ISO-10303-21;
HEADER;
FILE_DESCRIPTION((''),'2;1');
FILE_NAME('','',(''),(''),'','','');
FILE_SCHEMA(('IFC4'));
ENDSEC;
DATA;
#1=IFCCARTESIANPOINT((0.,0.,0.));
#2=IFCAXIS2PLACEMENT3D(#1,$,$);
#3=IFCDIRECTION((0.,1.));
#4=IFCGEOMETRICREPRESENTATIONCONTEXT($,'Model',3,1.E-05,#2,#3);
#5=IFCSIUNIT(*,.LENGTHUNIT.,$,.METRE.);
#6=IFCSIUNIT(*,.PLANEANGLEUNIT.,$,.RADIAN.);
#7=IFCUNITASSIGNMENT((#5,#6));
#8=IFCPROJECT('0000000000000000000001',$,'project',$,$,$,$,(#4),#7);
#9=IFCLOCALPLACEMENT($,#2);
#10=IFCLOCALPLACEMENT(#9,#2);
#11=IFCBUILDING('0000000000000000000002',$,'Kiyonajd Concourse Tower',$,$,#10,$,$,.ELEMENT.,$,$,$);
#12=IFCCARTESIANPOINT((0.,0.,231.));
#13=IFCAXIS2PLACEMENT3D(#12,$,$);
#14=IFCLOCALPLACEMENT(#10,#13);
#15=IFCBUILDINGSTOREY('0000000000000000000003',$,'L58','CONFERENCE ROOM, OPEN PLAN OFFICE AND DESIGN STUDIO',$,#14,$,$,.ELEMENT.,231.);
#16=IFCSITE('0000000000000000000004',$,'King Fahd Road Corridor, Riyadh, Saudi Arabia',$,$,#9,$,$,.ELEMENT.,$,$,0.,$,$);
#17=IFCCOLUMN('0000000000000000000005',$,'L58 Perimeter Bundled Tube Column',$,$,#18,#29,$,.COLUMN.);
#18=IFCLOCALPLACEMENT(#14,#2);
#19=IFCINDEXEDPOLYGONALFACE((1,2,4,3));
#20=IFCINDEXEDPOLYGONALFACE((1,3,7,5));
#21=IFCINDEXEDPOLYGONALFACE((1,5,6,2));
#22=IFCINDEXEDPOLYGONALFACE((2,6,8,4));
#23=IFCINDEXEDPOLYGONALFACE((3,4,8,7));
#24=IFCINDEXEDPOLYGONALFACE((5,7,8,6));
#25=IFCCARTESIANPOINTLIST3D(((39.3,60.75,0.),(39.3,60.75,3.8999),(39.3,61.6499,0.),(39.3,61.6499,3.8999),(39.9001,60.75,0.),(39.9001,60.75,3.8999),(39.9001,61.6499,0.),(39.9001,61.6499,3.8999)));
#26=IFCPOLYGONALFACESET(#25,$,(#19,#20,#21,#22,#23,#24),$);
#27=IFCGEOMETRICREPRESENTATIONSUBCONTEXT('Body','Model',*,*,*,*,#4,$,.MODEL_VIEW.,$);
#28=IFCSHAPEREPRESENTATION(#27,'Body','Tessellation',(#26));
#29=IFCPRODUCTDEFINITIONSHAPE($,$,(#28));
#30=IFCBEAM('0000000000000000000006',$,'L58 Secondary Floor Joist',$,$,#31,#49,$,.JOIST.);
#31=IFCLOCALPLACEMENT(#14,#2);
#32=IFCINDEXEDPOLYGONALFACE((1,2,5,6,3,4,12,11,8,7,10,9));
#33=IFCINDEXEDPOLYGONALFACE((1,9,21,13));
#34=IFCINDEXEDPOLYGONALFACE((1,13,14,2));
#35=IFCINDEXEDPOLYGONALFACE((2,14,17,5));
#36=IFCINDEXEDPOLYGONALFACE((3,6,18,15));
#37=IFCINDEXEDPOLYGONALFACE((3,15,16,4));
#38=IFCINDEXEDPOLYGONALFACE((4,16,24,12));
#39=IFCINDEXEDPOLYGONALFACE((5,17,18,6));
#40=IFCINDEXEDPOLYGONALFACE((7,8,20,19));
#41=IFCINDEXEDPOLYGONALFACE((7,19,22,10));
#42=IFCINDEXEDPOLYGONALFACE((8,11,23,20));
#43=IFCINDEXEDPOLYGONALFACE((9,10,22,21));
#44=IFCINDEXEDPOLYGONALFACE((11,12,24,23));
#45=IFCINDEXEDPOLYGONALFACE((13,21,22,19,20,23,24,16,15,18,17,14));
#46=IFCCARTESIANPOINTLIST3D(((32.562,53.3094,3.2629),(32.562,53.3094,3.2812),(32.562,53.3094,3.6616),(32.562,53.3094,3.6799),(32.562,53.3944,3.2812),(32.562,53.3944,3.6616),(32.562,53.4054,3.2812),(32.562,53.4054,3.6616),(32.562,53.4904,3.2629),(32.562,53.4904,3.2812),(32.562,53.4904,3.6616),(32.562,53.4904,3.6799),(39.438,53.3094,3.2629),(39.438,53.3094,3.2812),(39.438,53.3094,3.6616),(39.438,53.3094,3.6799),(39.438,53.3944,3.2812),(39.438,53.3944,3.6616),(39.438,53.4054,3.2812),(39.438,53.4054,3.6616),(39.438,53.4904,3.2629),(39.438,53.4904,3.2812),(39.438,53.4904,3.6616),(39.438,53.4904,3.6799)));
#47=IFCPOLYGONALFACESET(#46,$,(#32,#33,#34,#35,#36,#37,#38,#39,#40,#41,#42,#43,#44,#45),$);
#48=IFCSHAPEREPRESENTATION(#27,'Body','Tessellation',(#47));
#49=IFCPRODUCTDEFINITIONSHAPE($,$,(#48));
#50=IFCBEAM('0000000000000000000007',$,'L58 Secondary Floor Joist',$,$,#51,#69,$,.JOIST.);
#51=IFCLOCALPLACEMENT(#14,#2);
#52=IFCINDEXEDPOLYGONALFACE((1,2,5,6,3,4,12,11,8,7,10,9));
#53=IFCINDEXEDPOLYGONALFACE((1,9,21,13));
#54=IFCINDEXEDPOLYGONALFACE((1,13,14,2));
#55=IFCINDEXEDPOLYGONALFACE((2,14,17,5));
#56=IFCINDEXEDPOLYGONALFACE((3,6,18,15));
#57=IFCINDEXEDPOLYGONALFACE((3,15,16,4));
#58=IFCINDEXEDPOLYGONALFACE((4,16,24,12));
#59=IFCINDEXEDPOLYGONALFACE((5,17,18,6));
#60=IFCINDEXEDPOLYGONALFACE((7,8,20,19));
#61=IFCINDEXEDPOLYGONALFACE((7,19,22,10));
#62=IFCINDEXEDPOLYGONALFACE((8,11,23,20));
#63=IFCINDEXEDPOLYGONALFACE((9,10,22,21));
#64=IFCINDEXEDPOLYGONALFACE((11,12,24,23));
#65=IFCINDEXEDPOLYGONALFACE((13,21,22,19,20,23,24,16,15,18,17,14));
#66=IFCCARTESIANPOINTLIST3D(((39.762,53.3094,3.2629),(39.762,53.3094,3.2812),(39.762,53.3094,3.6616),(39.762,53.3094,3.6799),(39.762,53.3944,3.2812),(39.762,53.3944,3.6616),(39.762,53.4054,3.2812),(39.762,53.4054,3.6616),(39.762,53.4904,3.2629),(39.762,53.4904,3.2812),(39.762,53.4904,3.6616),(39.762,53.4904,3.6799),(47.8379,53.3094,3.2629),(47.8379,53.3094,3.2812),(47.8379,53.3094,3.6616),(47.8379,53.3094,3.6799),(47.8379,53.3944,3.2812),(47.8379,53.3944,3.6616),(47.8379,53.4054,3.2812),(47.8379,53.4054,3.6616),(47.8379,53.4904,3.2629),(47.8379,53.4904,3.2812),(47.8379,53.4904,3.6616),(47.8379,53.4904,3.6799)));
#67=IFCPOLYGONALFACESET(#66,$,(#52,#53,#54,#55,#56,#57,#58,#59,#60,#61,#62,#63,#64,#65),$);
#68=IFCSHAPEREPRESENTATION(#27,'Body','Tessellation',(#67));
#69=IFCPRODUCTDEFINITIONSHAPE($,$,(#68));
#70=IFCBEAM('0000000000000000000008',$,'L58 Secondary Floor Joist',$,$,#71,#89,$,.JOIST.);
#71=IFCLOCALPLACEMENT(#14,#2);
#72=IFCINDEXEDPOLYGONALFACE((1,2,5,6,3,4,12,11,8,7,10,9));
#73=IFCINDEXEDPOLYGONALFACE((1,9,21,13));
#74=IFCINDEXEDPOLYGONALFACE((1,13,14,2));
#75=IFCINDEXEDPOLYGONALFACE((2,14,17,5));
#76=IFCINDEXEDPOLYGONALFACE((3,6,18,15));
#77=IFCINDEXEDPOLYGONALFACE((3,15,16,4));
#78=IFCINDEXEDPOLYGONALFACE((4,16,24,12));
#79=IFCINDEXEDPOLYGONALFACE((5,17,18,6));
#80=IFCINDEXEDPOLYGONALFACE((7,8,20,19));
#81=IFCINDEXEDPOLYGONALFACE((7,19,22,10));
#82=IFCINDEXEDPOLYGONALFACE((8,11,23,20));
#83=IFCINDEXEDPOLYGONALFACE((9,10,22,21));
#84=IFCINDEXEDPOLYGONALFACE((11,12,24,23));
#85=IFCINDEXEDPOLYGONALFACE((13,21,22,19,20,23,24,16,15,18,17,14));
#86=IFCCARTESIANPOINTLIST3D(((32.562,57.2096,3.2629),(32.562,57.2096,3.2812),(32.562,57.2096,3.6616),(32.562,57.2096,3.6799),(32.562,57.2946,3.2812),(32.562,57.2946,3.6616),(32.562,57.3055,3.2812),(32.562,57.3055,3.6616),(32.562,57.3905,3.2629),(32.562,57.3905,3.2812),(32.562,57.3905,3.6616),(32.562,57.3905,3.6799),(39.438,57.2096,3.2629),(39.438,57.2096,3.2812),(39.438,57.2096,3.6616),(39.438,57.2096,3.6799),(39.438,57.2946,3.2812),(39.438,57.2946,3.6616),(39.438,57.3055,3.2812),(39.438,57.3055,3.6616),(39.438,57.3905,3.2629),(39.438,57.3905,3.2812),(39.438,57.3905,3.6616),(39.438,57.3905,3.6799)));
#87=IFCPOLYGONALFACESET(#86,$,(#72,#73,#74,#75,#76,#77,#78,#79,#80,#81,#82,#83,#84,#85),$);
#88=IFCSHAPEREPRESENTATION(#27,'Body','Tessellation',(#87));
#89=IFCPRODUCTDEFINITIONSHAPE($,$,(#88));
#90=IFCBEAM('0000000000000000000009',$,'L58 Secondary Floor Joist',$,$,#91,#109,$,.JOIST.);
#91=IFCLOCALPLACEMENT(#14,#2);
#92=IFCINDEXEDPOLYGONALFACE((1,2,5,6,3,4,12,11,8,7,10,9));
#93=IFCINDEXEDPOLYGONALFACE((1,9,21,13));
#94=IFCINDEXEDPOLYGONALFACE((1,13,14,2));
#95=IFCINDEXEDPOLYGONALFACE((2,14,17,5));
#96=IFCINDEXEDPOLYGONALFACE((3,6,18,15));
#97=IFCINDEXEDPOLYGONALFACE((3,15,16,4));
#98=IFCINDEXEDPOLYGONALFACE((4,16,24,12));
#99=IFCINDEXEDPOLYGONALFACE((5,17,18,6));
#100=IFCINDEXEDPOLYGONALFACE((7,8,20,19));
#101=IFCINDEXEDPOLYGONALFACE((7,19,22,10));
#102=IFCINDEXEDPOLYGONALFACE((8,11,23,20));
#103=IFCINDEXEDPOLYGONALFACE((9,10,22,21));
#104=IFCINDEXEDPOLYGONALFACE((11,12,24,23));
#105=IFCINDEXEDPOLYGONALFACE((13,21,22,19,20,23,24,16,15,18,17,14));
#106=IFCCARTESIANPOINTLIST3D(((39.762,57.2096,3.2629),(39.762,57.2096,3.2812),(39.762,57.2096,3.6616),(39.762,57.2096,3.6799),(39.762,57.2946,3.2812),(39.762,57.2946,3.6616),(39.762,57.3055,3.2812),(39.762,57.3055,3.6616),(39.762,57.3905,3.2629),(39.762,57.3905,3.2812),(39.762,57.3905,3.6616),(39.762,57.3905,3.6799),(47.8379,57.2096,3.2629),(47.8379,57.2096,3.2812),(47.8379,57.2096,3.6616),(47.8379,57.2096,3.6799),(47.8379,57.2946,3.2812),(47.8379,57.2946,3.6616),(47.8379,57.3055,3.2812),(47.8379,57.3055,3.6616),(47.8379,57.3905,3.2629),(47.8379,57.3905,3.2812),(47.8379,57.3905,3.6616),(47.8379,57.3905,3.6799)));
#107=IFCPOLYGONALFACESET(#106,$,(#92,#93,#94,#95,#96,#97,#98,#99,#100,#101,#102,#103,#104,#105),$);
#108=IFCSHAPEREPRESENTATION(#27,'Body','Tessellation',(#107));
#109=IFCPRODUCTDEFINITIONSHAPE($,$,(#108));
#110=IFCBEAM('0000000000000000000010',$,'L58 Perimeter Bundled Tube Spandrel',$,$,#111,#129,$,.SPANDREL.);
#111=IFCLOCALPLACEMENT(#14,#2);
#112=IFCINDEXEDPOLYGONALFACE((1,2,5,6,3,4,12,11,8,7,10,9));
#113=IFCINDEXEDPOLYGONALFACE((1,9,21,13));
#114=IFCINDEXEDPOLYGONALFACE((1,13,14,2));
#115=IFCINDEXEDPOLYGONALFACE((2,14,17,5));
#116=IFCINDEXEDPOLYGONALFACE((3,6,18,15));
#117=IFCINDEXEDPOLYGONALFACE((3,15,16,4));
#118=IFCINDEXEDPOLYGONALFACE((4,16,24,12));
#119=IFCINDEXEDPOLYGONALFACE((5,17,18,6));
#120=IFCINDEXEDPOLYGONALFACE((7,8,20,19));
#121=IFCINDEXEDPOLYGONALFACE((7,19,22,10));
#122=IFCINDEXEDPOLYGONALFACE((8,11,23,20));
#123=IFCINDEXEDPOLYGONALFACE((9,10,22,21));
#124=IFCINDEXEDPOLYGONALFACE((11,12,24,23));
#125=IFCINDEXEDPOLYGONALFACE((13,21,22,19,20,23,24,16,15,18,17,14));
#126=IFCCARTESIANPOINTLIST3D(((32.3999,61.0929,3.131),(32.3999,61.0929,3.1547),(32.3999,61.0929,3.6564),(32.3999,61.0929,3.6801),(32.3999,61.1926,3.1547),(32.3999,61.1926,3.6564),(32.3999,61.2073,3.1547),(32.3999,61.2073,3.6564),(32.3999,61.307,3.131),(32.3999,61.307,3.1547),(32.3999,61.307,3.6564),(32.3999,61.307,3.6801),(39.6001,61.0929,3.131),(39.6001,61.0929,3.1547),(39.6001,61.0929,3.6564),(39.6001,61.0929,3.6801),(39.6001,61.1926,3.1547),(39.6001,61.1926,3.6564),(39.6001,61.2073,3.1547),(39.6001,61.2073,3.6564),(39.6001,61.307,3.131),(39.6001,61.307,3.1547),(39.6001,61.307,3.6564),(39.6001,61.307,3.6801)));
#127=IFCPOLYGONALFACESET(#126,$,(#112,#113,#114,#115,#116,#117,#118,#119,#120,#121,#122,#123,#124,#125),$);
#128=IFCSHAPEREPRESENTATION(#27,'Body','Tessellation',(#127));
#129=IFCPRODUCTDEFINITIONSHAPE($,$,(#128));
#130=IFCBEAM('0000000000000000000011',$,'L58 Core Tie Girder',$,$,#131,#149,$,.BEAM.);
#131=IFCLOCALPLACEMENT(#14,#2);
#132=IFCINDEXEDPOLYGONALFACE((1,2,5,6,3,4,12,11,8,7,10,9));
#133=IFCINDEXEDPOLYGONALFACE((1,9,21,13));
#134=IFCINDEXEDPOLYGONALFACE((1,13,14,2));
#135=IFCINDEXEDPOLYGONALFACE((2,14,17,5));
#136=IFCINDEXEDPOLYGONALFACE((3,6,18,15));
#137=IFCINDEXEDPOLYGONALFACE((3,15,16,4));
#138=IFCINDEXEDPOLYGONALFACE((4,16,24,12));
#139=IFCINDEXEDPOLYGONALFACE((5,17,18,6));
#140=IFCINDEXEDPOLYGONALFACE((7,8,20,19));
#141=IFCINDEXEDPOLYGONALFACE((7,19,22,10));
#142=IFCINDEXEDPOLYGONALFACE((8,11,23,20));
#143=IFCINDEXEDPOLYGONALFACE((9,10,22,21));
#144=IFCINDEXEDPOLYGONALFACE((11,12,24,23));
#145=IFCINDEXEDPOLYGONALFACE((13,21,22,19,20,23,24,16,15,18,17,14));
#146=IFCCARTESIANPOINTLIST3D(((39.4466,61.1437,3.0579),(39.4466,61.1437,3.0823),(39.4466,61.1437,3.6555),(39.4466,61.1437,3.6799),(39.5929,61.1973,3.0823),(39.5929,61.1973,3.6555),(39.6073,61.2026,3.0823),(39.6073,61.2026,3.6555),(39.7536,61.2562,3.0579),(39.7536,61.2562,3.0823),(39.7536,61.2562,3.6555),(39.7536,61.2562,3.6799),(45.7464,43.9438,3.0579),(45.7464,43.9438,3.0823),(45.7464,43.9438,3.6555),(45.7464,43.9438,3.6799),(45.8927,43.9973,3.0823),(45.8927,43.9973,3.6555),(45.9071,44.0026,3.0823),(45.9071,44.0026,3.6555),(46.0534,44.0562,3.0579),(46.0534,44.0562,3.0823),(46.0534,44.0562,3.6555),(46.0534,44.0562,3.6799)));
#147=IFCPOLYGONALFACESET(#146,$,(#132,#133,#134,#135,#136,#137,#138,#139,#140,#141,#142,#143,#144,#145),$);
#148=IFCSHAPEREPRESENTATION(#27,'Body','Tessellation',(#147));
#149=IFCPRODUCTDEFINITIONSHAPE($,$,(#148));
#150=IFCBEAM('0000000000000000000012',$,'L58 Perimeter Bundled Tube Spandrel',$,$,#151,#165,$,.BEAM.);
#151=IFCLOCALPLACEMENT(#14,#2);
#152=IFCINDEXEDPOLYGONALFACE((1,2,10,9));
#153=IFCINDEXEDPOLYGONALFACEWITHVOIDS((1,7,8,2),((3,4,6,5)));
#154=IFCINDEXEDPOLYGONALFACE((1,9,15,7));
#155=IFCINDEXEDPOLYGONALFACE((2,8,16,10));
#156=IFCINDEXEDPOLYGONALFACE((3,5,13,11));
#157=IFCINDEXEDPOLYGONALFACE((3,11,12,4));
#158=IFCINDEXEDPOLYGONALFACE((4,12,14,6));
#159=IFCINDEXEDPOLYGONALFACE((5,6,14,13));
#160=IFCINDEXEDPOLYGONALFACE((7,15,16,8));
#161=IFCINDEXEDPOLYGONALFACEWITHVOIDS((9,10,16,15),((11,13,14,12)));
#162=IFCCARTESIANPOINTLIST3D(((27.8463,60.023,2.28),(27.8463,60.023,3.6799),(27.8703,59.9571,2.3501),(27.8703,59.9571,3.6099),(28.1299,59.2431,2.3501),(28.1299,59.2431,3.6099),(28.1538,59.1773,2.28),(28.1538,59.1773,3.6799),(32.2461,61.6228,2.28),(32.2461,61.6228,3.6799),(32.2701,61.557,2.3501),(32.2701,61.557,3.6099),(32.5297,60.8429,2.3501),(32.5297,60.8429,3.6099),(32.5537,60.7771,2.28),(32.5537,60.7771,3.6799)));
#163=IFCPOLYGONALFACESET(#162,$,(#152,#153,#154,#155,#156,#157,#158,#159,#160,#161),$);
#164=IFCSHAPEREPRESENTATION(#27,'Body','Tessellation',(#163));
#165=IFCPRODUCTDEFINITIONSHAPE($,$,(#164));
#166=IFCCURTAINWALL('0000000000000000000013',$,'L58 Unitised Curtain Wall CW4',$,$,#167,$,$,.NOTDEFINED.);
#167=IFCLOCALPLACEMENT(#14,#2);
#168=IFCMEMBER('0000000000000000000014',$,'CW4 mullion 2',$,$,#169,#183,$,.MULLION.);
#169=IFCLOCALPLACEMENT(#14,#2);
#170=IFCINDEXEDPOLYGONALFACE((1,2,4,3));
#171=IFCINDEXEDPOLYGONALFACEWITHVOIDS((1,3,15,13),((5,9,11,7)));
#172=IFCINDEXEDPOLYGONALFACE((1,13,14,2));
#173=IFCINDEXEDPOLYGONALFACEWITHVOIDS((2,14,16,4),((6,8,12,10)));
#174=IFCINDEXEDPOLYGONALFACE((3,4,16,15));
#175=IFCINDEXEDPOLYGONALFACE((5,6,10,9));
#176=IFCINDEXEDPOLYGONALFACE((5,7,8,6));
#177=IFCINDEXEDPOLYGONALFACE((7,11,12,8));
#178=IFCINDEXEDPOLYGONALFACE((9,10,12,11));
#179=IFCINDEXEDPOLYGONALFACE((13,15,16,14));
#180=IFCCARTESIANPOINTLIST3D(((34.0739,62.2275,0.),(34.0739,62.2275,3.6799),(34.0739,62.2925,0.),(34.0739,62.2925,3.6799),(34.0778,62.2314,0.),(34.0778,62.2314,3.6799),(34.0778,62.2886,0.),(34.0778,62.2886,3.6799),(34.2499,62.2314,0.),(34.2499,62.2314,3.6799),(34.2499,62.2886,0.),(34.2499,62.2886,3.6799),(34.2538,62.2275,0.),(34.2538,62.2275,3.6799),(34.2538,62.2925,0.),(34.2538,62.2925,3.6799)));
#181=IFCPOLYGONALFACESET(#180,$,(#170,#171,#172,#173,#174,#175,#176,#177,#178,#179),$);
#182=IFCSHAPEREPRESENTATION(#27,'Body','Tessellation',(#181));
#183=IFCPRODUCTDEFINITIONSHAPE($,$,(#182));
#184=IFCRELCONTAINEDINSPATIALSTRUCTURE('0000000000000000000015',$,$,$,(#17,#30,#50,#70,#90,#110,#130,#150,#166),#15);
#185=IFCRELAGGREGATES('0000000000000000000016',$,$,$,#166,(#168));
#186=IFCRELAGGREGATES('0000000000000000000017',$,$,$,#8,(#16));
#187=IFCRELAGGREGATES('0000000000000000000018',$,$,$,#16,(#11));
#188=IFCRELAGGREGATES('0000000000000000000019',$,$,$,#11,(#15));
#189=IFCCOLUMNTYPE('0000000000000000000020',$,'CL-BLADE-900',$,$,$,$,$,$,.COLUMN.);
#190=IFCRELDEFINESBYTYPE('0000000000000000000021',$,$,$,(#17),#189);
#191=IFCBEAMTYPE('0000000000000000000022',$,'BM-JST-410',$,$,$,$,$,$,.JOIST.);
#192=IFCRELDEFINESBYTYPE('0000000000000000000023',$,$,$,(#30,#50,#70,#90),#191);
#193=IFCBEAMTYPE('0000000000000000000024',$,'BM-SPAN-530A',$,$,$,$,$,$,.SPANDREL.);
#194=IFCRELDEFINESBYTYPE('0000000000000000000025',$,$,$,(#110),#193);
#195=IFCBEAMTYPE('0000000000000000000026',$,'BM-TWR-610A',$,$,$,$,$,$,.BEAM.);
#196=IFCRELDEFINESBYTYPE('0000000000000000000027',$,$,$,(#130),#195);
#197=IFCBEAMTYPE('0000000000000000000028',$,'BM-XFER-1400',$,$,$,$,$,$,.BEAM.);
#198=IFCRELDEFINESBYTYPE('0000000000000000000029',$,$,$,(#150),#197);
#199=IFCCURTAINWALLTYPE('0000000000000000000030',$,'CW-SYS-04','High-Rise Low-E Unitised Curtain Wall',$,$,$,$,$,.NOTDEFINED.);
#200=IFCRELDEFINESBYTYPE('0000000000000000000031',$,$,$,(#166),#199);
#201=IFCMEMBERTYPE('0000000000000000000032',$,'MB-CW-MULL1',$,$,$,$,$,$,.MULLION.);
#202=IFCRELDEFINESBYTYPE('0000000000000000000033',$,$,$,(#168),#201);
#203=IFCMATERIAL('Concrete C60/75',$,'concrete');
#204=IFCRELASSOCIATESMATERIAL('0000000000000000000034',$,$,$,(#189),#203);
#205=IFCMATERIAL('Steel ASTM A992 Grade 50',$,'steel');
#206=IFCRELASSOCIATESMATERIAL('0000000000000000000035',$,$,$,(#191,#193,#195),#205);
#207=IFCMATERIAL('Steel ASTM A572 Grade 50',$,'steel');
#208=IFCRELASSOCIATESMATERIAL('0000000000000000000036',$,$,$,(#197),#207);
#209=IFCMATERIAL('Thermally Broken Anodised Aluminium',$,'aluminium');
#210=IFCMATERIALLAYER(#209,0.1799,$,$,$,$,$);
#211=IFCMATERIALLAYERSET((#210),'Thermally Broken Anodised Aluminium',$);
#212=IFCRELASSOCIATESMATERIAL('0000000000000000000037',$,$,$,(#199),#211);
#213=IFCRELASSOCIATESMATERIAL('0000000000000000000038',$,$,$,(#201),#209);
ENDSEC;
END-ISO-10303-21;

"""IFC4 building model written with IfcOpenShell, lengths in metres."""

from ifc_helpers import new_model, si_unit, direction, frame, origin, origin_2d, place, context, subcontext, project, spatial, rectangle, hollow_rectangle, i_section, extrude, material, layer, layer_set, material_profile, profile_set, type_object, element, aggregate, save


model = new_model("IFC4")

# Units and contexts
model_context = context("Model", 3, precision=1e-05, world=origin(), true_north=direction((0.0, 1.0)))
body_context = subcontext(model_context, "Body", "Model", "MODEL_VIEW")
ifc_project = project(units=[si_unit("LENGTHUNIT", "METRE"), si_unit("PLANEANGLEUNIT", "RADIAN")], contexts=[model_context])

# Site, building, storey
site_placement = place(None, origin())
site = spatial("IfcSite", under=ifc_project, at=site_placement, Name="King Fahd Road Corridor, Riyadh, Saudi Arabia", CompositionType="ELEMENT", RefElevation=0.0)
building_placement = place(site_placement, origin())
building = spatial("IfcBuilding", under=site, at=building_placement, Name="Kiyonajd Concourse Tower", CompositionType="ELEMENT")
storey_placement = place(building_placement, frame((0.0, 0.0, 231.0)))
storey = spatial("IfcBuildingStorey", under=building, at=storey_placement, Name="L58", Description="CONFERENCE ROOM, OPEN PLAN OFFICE AND DESIGN STUDIO", CompositionType="ELEMENT", Elevation=231.0)

# Column
ifc_material_1 = material(Name="Concrete C60/75", Category="concrete")
ifc_material_profile_1 = material_profile(ifc_material_1, rectangle(XDim=0.6001, YDim=0.8999, at=origin_2d()), Name="RC-900x600")
ifc_profile_set_1 = profile_set([ifc_material_profile_1], Name="Concrete C60/75")
column_type = type_object("IfcColumnType", Name="CL-BLADE-900", PredefinedType="COLUMN", material=ifc_profile_set_1)
column_placement = place(storey_placement, frame((39.6001, 61.2, 0.0), z_axis=(0.0, 0.0, 1.0), x_axis=(1.0, 0.0, 0.0)))
element("IfcColumn", 1, at=column_placement, inside=storey, type_object=column_type, Name="L58 Perimeter Bundled Tube Column", PredefinedType="COLUMN", context=body_context, shape_type="SweptSolid", body=[
    extrude(rectangle(XDim=0.6001, YDim=0.8999, at=origin_2d()), origin(), (0.0, 0.0, 1.0), 3.8999),
])

# Beams
ifc_material_2 = material(Name="Steel ASTM A992 Grade 50", Category="steel")
ifc_material_profile_2 = material_profile(ifc_material_2, i_section(OverallWidth=0.1809, OverallDepth=0.417, WebThickness=0.011, FlangeThickness=0.0183, at=origin_2d()), Name="W410X85")
ifc_profile_set_2 = profile_set([ifc_material_profile_2], Name="Steel ASTM A992 Grade 50")
beam_type_1 = type_object("IfcBeamType", Name="BM-JST-410", PredefinedType="JOIST", material=ifc_profile_set_2)
beam_1_placement = place(storey_placement, frame((32.562, 53.3999, 3.4714), z_axis=(1.0, 0.0, 0.0), x_axis=(0.0, 1.0, 0.0)))
element("IfcBeam", 2, at=beam_1_placement, inside=storey, type_object=beam_type_1, Name="L58 Secondary Floor Joist", PredefinedType="JOIST", context=body_context, shape_type="SweptSolid", body=[
    extrude(i_section(OverallWidth=0.1809, OverallDepth=0.417, WebThickness=0.011, FlangeThickness=0.0183, at=origin_2d()), origin(), (0.0, 0.0, 1.0), 6.876),
])
beam_2_placement = place(storey_placement, frame((39.762, 53.3999, 3.4714), z_axis=(1.0, 0.0, 0.0), x_axis=(0.0, 1.0, 0.0)))
element("IfcBeam", 3, at=beam_2_placement, inside=storey, type_object=beam_type_1, Name="L58 Secondary Floor Joist", PredefinedType="JOIST", context=body_context, shape_type="SweptSolid", body=[
    extrude(i_section(OverallWidth=0.1809, OverallDepth=0.417, WebThickness=0.011, FlangeThickness=0.0183, at=origin_2d()), origin(), (0.0, 0.0, 1.0), 8.0759),
])
beam_3_placement = place(storey_placement, frame((32.562, 57.3, 3.4714), z_axis=(1.0, 0.0, 0.0), x_axis=(0.0, 1.0, 0.0)))
element("IfcBeam", 4, at=beam_3_placement, inside=storey, type_object=beam_type_1, Name="L58 Secondary Floor Joist", PredefinedType="JOIST", context=body_context, shape_type="SweptSolid", body=[
    extrude(i_section(OverallWidth=0.1809, OverallDepth=0.417, WebThickness=0.011, FlangeThickness=0.0183, at=origin_2d()), origin(), (0.0, 0.0, 1.0), 6.876),
])
beam_4_placement = place(storey_placement, frame((39.762, 57.3, 3.4714), z_axis=(1.0, 0.0, 0.0), x_axis=(0.0, 1.0, 0.0)))
element("IfcBeam", 5, at=beam_4_placement, inside=storey, type_object=beam_type_1, Name="L58 Secondary Floor Joist", PredefinedType="JOIST", context=body_context, shape_type="SweptSolid", body=[
    extrude(i_section(OverallWidth=0.1809, OverallDepth=0.417, WebThickness=0.011, FlangeThickness=0.0183, at=origin_2d()), origin(), (0.0, 0.0, 1.0), 8.0759),
])
ifc_material_profile_3 = material_profile(ifc_material_2, i_section(OverallWidth=0.2141, OverallDepth=0.5491, WebThickness=0.0146, FlangeThickness=0.0237, at=origin_2d()), Name="W530X138")
ifc_profile_set_3 = profile_set([ifc_material_profile_3], Name="Steel ASTM A992 Grade 50")
beam_type_2 = type_object("IfcBeamType", Name="BM-SPAN-530A", PredefinedType="SPANDREL", material=ifc_profile_set_3)
beam_5_placement = place(storey_placement, frame((39.6001, 61.2, 3.4055), z_axis=(-1.0, 0.0, 0.0), x_axis=(0.0, -1.0, 0.0)))
element("IfcBeam", 6, at=beam_5_placement, inside=storey, type_object=beam_type_2, Name="L58 Perimeter Bundled Tube Spandrel", PredefinedType="SPANDREL", context=body_context, shape_type="SweptSolid", body=[
    extrude(i_section(OverallWidth=0.2141, OverallDepth=0.5491, WebThickness=0.0146, FlangeThickness=0.0237, at=origin_2d()), origin(), (0.0, 0.0, 1.0), 7.2002),
])
ifc_material_profile_4 = material_profile(ifc_material_2, i_section(OverallWidth=0.3269, OverallDepth=0.6221, WebThickness=0.0154, FlangeThickness=0.0244, at=origin_2d()), Name="W610X195")
ifc_profile_set_4 = profile_set([ifc_material_profile_4], Name="Steel ASTM A992 Grade 50")
beam_type_3 = type_object("IfcBeamType", Name="BM-TWR-610A", PredefinedType="BEAM", material=ifc_profile_set_4)
beam_6_placement = place(storey_placement, frame((39.6001, 61.2, 3.3689), z_axis=(0.343925, -0.938997, 0.0), x_axis=(0.938997, 0.343925, 0.0)))
element("IfcBeam", 7, at=beam_6_placement, inside=storey, type_object=beam_type_3, Name="L58 Core Tie Girder", PredefinedType="BEAM", context=body_context, shape_type="SweptSolid", body=[
    extrude(i_section(OverallWidth=0.3269, OverallDepth=0.6221, WebThickness=0.0154, FlangeThickness=0.0244, at=origin_2d()), origin(), (0.0, 0.0, 1.0), 18.3174),
])
ifc_material_3 = material(Name="Steel ASTM A572 Grade 50", Category="steel")
ifc_material_profile_5 = material_profile(ifc_material_3, hollow_rectangle(XDim=0.8999, YDim=1.3999, WallThickness=0.0701, at=origin_2d()), Name="BOX-1400x900x70")
ifc_profile_set_5 = profile_set([ifc_material_profile_5], Name="Steel ASTM A572 Grade 50")
beam_type_4 = type_object("IfcBeamType", Name="BM-XFER-1400", PredefinedType="BEAM", material=ifc_profile_set_5)
beam_7_placement = place(storey_placement, frame((32.3999, 61.2, 2.98), z_axis=(-0.939801, -0.341722, 0.0), x_axis=(0.341722, -0.939801, 0.0)))
element("IfcBeam", 8, at=beam_7_placement, inside=storey, type_object=beam_type_4, Name="L58 Perimeter Bundled Tube Spandrel", PredefinedType="BEAM", context=body_context, shape_type="SweptSolid", body=[
    extrude(hollow_rectangle(XDim=0.8999, YDim=1.3999, WallThickness=0.0701, at=origin_2d()), origin(), (0.0, 0.0, 1.0), 4.6816),
])

# Curtain wall, member
ifc_material_4 = material(Name="Thermally Broken Anodised Aluminium", Category="aluminium")
ifc_layer_1 = layer(ifc_material_4, 0.1799)
ifc_layer_set_1 = layer_set([ifc_layer_1], Name="Thermally Broken Anodised Aluminium")
curtain_wall_type = type_object("IfcCurtainWallType", Name="CW-SYS-04", Description="High-Rise Low-E Unitised Curtain Wall", PredefinedType="NOTDEFINED", material=ifc_layer_set_1)
curtain_wall_placement = place(storey_placement, origin())
curtain_wall = element("IfcCurtainWall", 9, at=curtain_wall_placement, inside=storey, type_object=curtain_wall_type, Name="L58 Unitised Curtain Wall CW4", PredefinedType="NOTDEFINED")
ifc_material_profile_6 = material_profile(ifc_material_4, hollow_rectangle(XDim=0.0649, YDim=0.1799, WallThickness=0.0039, at=origin_2d()), Name="MULL-65x180")
ifc_profile_set_6 = profile_set([ifc_material_profile_6], Name="Thermally Broken Anodised Aluminium")
member_type_1 = type_object("IfcMemberType", Name="MB-CW-MULL1", PredefinedType="MULLION", material=ifc_profile_set_6)
member_1_placement = place(storey_placement, frame((34.1638, 62.26, 0.0), z_axis=(0.0, 0.0, 1.0), x_axis=(0.0, 1.0, 0.0)))
member_1 = element("IfcMember", 10, at=member_1_placement, type_object=member_type_1, Name="CW4 mullion 2", PredefinedType="MULLION", context=body_context, shape_type="SweptSolid", body=[
    extrude(hollow_rectangle(XDim=0.0649, YDim=0.1799, WallThickness=0.0039, at=origin_2d()), origin(), (0.0, 0.0, 1.0), 3.6799),
])

aggregate(curtain_wall, [member_1])

save(model, "model.ifc")
